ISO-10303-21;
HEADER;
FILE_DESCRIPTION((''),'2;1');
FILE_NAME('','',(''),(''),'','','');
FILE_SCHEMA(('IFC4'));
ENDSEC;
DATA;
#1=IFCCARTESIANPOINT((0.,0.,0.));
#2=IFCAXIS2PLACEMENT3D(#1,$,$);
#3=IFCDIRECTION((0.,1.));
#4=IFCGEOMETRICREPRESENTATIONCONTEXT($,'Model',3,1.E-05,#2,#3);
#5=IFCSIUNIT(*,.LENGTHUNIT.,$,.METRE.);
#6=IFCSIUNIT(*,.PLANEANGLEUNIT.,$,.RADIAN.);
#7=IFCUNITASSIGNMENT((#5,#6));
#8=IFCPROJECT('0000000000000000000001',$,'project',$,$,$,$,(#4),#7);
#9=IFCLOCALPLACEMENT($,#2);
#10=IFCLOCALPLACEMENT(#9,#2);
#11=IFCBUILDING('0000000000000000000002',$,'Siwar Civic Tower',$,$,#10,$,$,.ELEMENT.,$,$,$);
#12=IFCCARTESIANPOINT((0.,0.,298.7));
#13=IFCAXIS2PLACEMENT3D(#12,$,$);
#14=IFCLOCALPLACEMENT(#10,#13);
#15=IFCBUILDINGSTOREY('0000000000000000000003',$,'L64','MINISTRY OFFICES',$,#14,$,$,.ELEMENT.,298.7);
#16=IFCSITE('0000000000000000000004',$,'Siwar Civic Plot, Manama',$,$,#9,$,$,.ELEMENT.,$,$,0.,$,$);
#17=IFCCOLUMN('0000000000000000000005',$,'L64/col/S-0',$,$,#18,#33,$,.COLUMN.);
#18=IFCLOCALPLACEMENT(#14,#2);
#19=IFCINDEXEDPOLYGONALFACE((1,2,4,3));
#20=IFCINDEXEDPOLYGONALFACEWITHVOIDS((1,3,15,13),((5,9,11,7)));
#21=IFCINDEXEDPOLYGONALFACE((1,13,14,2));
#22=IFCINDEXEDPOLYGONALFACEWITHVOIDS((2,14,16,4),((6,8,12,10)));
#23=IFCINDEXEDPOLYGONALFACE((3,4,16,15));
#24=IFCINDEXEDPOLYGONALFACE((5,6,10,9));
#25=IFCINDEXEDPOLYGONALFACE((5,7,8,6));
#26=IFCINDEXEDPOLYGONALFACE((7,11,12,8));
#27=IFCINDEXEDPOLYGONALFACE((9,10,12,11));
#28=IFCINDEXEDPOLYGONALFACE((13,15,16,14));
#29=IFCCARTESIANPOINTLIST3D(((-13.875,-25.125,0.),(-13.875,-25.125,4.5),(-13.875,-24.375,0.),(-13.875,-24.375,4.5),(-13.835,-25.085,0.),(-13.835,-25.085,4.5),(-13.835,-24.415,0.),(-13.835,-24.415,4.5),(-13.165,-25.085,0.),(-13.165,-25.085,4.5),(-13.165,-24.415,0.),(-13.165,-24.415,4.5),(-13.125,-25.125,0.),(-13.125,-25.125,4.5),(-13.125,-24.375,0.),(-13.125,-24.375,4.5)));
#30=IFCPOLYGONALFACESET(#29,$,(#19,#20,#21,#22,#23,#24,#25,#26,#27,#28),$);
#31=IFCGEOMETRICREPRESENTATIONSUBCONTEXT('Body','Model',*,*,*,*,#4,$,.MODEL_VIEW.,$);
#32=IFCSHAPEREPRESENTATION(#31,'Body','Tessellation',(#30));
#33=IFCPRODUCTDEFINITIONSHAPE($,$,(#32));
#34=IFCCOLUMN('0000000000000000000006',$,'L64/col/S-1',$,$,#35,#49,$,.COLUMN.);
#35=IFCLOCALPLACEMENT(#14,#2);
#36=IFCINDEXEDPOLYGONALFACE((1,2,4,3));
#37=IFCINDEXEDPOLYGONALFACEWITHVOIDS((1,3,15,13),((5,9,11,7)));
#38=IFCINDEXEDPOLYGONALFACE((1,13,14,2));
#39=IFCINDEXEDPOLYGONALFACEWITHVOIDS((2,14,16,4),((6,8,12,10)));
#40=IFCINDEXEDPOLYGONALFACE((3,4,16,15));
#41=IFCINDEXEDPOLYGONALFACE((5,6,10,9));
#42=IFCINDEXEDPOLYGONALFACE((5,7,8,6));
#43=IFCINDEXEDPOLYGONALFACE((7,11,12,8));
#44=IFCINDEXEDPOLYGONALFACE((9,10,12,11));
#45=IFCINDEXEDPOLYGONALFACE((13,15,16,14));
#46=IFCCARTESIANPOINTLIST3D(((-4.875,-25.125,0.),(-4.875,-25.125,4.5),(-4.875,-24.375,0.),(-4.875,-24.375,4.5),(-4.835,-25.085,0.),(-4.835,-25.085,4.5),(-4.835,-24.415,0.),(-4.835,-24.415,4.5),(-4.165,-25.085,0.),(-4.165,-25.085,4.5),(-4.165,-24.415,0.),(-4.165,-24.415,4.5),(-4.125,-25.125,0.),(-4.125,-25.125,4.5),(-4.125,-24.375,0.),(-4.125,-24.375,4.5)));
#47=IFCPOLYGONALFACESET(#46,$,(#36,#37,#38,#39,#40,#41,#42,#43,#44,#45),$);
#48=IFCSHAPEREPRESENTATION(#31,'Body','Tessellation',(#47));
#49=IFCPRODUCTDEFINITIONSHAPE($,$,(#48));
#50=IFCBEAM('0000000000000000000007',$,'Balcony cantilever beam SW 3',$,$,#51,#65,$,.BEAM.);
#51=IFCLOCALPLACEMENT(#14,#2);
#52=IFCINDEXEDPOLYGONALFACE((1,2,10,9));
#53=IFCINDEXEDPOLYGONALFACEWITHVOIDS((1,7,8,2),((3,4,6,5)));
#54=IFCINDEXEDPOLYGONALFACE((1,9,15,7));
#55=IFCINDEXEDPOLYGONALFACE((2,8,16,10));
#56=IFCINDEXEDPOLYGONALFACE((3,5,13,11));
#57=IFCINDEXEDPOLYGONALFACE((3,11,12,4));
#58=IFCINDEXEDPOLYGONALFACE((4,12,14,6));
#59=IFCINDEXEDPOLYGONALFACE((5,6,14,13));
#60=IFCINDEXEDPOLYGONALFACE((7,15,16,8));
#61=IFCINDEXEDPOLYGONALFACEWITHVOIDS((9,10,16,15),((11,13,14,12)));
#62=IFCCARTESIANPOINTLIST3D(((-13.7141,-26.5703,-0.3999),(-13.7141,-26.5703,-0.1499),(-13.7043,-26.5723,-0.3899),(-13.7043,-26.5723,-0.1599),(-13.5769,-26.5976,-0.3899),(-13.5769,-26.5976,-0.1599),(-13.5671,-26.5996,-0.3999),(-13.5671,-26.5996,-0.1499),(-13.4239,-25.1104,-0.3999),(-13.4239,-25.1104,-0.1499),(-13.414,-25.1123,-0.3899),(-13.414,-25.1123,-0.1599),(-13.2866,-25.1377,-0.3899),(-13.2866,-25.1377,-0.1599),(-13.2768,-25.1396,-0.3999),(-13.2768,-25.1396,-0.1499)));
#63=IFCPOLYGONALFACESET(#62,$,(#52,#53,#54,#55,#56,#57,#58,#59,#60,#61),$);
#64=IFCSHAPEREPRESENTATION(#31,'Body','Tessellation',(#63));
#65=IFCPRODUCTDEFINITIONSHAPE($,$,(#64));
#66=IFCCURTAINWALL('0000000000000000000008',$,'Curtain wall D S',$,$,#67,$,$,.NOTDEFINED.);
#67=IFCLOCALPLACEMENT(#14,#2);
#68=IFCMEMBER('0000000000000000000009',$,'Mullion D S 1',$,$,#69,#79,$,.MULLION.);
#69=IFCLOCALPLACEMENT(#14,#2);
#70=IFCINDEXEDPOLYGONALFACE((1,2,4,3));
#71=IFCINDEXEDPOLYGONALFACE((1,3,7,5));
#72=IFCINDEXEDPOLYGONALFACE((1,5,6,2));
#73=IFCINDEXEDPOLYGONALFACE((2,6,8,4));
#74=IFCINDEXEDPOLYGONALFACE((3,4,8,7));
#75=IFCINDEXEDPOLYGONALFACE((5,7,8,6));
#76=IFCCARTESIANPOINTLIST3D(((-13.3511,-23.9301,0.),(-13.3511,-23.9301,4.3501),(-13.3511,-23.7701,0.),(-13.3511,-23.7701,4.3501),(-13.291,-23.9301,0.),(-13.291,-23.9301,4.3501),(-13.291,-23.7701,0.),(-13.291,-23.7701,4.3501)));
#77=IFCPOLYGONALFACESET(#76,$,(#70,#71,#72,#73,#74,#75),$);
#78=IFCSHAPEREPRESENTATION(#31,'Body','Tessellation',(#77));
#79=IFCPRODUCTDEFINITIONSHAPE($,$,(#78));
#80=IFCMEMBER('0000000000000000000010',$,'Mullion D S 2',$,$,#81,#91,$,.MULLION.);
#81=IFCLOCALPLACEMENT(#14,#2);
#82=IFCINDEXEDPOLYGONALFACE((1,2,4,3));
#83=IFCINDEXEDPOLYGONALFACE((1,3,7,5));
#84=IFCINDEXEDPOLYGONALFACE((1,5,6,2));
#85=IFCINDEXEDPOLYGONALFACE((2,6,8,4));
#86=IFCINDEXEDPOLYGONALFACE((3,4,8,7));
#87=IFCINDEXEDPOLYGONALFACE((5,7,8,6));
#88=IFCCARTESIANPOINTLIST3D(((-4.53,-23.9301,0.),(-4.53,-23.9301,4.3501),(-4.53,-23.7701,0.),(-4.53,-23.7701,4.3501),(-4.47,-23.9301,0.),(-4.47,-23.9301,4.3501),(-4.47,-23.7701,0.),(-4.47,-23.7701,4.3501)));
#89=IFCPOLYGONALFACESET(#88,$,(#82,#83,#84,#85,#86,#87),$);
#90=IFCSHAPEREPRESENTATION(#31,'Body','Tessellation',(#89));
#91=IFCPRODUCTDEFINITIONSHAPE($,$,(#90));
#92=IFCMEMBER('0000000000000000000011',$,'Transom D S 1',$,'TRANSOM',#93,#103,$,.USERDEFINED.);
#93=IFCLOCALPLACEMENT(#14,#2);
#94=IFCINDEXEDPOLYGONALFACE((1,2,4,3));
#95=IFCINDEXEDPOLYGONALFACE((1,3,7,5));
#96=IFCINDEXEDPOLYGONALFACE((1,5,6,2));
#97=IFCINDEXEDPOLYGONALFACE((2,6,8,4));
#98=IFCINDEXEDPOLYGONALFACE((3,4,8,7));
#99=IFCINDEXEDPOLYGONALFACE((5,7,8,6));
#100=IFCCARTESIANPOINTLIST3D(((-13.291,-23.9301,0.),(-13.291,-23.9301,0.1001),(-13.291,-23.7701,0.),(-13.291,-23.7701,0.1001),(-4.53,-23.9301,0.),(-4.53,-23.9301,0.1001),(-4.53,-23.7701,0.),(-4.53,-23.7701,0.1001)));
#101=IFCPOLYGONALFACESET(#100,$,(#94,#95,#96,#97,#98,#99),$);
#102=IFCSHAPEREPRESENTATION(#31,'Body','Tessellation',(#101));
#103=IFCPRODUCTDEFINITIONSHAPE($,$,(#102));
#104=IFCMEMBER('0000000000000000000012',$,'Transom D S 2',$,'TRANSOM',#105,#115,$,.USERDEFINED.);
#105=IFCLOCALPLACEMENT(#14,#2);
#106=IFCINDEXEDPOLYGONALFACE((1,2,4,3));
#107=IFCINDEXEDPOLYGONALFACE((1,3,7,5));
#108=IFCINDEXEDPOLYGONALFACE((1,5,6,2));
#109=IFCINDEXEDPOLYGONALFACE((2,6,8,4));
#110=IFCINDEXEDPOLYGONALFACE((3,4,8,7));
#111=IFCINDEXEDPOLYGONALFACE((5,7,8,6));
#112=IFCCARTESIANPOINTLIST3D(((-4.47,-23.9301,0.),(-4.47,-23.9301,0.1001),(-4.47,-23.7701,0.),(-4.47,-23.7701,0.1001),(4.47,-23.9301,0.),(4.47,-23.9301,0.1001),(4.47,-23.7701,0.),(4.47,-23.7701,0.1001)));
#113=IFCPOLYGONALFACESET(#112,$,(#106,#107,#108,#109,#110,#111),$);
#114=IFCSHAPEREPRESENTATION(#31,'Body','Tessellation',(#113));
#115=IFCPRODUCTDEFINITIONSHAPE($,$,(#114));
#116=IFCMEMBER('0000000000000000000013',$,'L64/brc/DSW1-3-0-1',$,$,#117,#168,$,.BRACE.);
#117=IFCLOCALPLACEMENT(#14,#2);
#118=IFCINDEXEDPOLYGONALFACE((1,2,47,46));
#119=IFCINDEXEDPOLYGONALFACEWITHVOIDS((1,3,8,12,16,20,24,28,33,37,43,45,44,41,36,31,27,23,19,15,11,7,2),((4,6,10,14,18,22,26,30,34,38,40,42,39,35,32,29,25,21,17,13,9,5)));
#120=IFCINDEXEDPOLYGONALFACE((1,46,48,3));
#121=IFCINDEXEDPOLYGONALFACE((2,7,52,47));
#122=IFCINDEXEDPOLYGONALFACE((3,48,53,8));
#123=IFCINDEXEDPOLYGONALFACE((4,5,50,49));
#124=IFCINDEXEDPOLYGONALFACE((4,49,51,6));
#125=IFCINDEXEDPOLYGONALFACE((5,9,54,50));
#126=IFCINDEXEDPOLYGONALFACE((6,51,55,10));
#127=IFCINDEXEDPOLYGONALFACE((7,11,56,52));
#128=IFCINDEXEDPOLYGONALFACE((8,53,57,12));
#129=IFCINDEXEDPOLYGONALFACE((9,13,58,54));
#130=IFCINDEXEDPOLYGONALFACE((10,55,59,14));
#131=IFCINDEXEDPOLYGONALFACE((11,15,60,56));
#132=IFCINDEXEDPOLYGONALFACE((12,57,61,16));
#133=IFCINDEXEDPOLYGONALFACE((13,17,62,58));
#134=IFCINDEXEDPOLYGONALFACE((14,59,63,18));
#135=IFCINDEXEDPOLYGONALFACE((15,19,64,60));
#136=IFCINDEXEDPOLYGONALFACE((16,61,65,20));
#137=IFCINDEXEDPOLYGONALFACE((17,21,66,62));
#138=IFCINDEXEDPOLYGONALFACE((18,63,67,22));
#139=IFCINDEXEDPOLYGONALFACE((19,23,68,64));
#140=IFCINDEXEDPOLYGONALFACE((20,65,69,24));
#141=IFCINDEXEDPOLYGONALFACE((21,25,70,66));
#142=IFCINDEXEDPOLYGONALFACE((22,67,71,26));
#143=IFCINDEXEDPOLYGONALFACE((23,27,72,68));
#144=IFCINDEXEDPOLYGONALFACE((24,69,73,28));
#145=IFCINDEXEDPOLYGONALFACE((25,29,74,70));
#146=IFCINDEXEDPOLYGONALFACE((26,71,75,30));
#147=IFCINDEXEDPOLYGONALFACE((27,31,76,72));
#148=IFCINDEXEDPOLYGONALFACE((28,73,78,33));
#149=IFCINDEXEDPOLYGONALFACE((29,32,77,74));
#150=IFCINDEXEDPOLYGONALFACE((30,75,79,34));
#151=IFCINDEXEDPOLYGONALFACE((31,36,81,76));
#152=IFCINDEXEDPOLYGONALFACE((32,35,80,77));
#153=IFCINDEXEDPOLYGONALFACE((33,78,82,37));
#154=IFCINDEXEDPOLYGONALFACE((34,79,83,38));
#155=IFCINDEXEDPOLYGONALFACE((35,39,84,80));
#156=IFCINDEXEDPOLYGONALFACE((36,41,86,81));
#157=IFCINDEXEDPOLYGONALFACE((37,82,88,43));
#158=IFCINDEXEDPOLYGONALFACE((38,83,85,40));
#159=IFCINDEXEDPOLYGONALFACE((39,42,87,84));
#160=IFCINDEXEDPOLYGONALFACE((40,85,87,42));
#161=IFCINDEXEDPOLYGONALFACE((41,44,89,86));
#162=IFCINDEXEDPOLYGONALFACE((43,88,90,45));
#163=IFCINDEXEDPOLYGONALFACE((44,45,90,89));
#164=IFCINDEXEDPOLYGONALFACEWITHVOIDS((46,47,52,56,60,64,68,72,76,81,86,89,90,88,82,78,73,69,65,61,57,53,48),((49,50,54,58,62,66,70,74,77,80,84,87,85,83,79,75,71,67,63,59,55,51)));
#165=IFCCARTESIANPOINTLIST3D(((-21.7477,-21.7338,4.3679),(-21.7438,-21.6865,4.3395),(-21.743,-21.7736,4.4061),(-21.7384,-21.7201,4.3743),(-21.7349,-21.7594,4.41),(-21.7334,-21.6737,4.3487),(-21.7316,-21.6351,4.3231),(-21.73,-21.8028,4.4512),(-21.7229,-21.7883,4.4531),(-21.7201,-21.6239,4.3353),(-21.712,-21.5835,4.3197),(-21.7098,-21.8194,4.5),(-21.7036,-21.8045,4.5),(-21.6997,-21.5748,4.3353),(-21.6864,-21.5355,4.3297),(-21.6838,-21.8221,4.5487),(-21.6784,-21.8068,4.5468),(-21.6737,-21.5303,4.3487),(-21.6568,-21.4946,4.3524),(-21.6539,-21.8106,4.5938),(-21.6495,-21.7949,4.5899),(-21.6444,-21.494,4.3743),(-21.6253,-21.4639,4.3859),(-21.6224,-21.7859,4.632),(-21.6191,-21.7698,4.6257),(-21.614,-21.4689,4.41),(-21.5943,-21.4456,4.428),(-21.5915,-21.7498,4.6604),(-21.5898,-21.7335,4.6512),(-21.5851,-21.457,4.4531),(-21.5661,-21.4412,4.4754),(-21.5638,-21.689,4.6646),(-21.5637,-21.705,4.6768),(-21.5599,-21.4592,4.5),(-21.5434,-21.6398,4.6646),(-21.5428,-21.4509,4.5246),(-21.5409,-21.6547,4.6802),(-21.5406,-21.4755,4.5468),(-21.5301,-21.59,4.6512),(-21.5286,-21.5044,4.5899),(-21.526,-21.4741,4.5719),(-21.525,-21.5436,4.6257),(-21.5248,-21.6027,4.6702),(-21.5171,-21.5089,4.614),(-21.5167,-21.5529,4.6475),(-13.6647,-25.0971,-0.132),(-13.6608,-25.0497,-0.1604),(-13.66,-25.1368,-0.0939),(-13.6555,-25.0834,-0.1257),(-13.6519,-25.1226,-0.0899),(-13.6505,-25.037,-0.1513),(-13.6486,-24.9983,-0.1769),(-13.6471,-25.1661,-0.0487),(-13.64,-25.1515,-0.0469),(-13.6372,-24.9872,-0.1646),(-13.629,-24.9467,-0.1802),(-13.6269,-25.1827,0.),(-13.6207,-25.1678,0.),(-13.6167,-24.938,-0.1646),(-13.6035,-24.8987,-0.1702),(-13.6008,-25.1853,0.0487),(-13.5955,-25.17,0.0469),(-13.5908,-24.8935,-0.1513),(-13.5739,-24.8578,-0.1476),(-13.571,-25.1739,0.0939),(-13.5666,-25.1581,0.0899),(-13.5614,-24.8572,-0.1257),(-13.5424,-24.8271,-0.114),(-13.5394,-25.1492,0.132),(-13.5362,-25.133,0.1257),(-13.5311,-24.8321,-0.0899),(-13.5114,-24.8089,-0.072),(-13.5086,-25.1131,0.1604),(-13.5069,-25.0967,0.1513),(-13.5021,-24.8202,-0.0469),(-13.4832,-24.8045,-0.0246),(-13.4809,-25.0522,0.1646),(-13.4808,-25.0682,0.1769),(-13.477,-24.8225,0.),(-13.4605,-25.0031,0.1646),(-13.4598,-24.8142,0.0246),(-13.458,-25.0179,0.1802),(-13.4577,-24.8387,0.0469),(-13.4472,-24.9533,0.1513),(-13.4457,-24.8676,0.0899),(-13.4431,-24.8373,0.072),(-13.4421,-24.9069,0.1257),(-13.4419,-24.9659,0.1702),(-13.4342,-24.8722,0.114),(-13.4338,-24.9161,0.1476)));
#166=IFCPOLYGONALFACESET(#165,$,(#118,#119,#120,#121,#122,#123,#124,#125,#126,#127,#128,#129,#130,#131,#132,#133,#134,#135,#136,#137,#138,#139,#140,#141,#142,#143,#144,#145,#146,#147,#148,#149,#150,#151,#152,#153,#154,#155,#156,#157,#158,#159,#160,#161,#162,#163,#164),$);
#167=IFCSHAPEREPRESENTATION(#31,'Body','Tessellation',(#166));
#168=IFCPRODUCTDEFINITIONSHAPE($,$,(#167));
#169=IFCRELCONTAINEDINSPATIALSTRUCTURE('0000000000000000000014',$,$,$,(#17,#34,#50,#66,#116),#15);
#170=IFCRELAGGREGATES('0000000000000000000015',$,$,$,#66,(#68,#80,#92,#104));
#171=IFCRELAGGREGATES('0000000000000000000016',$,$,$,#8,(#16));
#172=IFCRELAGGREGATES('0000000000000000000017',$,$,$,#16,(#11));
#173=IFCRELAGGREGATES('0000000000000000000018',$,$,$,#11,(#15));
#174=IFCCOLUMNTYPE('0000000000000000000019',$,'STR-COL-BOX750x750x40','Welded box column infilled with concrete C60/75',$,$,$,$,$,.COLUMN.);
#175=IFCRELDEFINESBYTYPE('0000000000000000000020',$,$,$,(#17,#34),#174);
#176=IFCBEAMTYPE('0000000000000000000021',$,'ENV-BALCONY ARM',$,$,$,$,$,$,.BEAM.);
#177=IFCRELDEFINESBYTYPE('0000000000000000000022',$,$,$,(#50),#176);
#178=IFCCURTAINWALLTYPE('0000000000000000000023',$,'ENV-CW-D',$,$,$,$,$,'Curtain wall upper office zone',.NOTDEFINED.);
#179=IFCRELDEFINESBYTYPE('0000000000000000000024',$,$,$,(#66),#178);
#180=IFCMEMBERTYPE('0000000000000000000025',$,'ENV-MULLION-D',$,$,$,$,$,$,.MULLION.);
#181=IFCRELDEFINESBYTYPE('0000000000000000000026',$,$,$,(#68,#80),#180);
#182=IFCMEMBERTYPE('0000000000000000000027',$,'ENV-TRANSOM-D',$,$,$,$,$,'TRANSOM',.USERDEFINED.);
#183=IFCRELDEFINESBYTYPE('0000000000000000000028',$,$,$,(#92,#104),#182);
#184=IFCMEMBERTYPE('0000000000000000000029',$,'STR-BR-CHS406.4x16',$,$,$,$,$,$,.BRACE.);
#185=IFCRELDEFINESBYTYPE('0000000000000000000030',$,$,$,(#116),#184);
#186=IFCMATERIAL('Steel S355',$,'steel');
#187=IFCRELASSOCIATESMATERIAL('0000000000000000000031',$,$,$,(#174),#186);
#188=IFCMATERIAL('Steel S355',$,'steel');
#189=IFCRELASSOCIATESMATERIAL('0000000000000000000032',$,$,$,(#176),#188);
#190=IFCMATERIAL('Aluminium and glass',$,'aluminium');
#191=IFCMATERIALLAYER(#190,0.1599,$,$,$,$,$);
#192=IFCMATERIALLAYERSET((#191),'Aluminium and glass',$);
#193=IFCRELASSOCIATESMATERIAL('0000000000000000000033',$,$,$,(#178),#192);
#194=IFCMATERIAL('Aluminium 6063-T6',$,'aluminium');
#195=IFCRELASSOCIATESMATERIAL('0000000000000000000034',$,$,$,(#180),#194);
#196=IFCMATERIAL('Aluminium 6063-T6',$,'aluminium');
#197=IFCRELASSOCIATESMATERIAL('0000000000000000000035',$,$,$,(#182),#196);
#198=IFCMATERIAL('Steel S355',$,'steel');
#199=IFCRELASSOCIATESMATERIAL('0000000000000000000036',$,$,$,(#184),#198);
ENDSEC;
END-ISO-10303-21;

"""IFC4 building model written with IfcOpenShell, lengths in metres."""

from ifc_helpers import new_model, si_unit, direction, frame, origin, origin_2d, place, context, subcontext, project, spatial, rectangle, hollow_rectangle, hollow_circle, extrude, material, layer, layer_set, material_profile, profile_set, type_object, element, aggregate, save


model = new_model("IFC4")

# Units and contexts
model_context = context("Model", 3, precision=1e-05, world=origin(), true_north=direction((0.0, 1.0)))
body_context = subcontext(model_context, "Body", "Model", "MODEL_VIEW")
ifc_project = project(units=[si_unit("LENGTHUNIT", "METRE"), si_unit("PLANEANGLEUNIT", "RADIAN")], contexts=[model_context])

# Site, building, storey
site_placement = place(None, origin())
site = spatial("IfcSite", under=ifc_project, at=site_placement, Name="Siwar Civic Plot, Manama", CompositionType="ELEMENT", RefElevation=0.0)
building_placement = place(site_placement, origin())
building = spatial("IfcBuilding", under=site, at=building_placement, Name="Siwar Civic Tower", CompositionType="ELEMENT")
storey_placement = place(building_placement, frame((0.0, 0.0, 298.7)))
storey = spatial("IfcBuildingStorey", under=building, at=storey_placement, Name="L64", Description="MINISTRY OFFICES", CompositionType="ELEMENT", Elevation=298.7)

# Columns
ifc_material_1 = material(Name="Steel S355", Category="steel")
ifc_material_profile_1 = material_profile(ifc_material_1, hollow_rectangle(XDim=0.75, YDim=0.75, WallThickness=0.04, at=origin_2d()), Name="BOX750x750x40")
ifc_profile_set_1 = profile_set([ifc_material_profile_1], Name="Steel S355")
column_type = type_object("IfcColumnType", Name="STR-COL-BOX750x750x40", Description="Welded box column infilled with concrete C60/75", PredefinedType="COLUMN", material=ifc_profile_set_1)
for number, where, z_axis, x_axis, name in (
    (1, (-13.5, -24.75, 0.0), (0.0, 0.0, 1.0), (1.0, 0.0, 0.0), "L64/col/S-0"),
    (2, (-4.5, -24.75, 0.0), (0.0, 0.0, 1.0), (1.0, 0.0, 0.0), "L64/col/S-1"),
):
    element("IfcColumn", number, at=place(storey_placement, frame(where, z_axis=z_axis, x_axis=x_axis)), inside=storey, type_object=column_type, Name=name, PredefinedType="COLUMN", context=body_context, shape_type="SweptSolid", body=[
        extrude(hollow_rectangle(XDim=0.75, YDim=0.75, WallThickness=0.04, at=origin_2d()), origin(), (0.0, 0.0, 1.0), 4.5),
    ])

# Beam
ifc_material_2 = material(Name="Steel S355", Category="steel")
ifc_material_profile_2 = material_profile(ifc_material_2, hollow_rectangle(XDim=0.1499, YDim=0.25, WallThickness=0.01, at=origin_2d()), Name="RHS250x150x10")
ifc_profile_set_2 = profile_set([ifc_material_profile_2], Name="Steel S355")
beam_type_1 = type_object("IfcBeamType", Name="ENV-BALCONY ARM", PredefinedType="BEAM", material=ifc_profile_set_2)
beam_1_placement = place(storey_placement, frame((-13.3503, -25.125, -0.2749), z_axis=(-0.195012, -0.980801, 0.0), x_axis=(0.980801, -0.195012, 0.0)))
element("IfcBeam", 3, at=beam_1_placement, inside=storey, type_object=beam_type_1, Name="Balcony cantilever beam SW 3", PredefinedType="BEAM", context=body_context, shape_type="SweptSolid", body=[
    extrude(hollow_rectangle(XDim=0.1499, YDim=0.25, WallThickness=0.01, at=origin_2d()), origin(), (0.0, 0.0, 1.0), 1.4885),
])

# Curtain wall, members
ifc_material_3 = material(Name="Aluminium and glass", Category="aluminium")
ifc_layer_1 = layer(ifc_material_3, 0.1599)
ifc_layer_set_1 = layer_set([ifc_layer_1], Name="Aluminium and glass")
curtain_wall_type = type_object("IfcCurtainWallType", Name="ENV-CW-D", ElementType="Curtain wall upper office zone", PredefinedType="NOTDEFINED", material=ifc_layer_set_1)
curtain_wall_placement = place(storey_placement, origin())
curtain_wall = element("IfcCurtainWall", 4, at=curtain_wall_placement, inside=storey, type_object=curtain_wall_type, Name="Curtain wall D S", PredefinedType="NOTDEFINED")
ifc_material_4 = material(Name="Aluminium 6063-T6", Category="aluminium")
ifc_material_profile_3 = material_profile(ifc_material_4, rectangle(XDim=0.1599, YDim=0.0601, at=origin_2d()), Name="AL 160x60")
ifc_profile_set_3 = profile_set([ifc_material_profile_3], Name="Aluminium 6063-T6")
member_type_1 = type_object("IfcMemberType", Name="ENV-MULLION-D", PredefinedType="MULLION", material=ifc_profile_set_3)
member_1_placement = place(storey_placement, frame((-13.321, -23.8501, 0.0), z_axis=(0.0, 0.0, 1.0), x_axis=(0.0, 1.0, 0.0)))
member_1 = element("IfcMember", 5, at=member_1_placement, type_object=member_type_1, Name="Mullion D S 1", PredefinedType="MULLION", context=body_context, shape_type="SweptSolid", body=[
    extrude(rectangle(XDim=0.1599, YDim=0.0601, at=origin_2d()), origin(), (0.0, 0.0, 1.0), 4.3501),
])
member_2_placement = place(storey_placement, frame((-4.5, -23.8501, 0.0), z_axis=(0.0, 0.0, 1.0), x_axis=(0.0, 1.0, 0.0)))
member_2 = element("IfcMember", 6, at=member_2_placement, type_object=member_type_1, Name="Mullion D S 2", PredefinedType="MULLION", context=body_context, shape_type="SweptSolid", body=[
    extrude(rectangle(XDim=0.1599, YDim=0.0601, at=origin_2d()), origin(), (0.0, 0.0, 1.0), 4.3501),
])
ifc_material_5 = material(Name="Aluminium 6063-T6", Category="aluminium")
ifc_material_profile_4 = material_profile(ifc_material_5, rectangle(XDim=0.1599, YDim=0.1001, at=origin_2d()), Name="AL 160x100")
ifc_profile_set_4 = profile_set([ifc_material_profile_4], Name="Aluminium 6063-T6")
member_type_2 = type_object("IfcMemberType", Name="ENV-TRANSOM-D", ElementType="TRANSOM", PredefinedType="USERDEFINED", material=ifc_profile_set_4)
member_3_placement = place(storey_placement, frame((-13.291, -23.8501, 0.05), z_axis=(1.0, 0.0, 0.0), x_axis=(0.0, 1.0, 0.0)))
member_3 = element("IfcMember", 7, at=member_3_placement, type_object=member_type_2, Name="Transom D S 1", ObjectType="TRANSOM", PredefinedType="USERDEFINED", context=body_context, shape_type="SweptSolid", body=[
    extrude(rectangle(XDim=0.1599, YDim=0.1001, at=origin_2d()), origin(), (0.0, 0.0, 1.0), 8.761),
])
member_4_placement = place(storey_placement, frame((-4.47, -23.8501, 0.05), z_axis=(1.0, 0.0, 0.0), x_axis=(0.0, 1.0, 0.0)))
member_4 = element("IfcMember", 8, at=member_4_placement, type_object=member_type_2, Name="Transom D S 2", ObjectType="TRANSOM", PredefinedType="USERDEFINED", context=body_context, shape_type="SweptSolid", body=[
    extrude(rectangle(XDim=0.1599, YDim=0.1001, at=origin_2d()), origin(), (0.0, 0.0, 1.0), 8.9399),
])

# Member
ifc_material_6 = material(Name="Steel S355", Category="steel")
ifc_material_profile_5 = material_profile(ifc_material_6, hollow_circle(Radius=0.2031, WallThickness=0.0161, at=origin_2d()), Name="CHS406.4x16")
ifc_profile_set_5 = profile_set([ifc_material_profile_5], Name="Steel S355")
member_type_3 = type_object("IfcMemberType", Name="STR-BR-CHS406.4x16", PredefinedType="BRACE", material=ifc_profile_set_5)
member_5_placement = place(storey_placement, frame((-13.5488, -24.9951, 0.0), z_axis=(-0.821143, 0.341671, 0.457149), x_axis=(-0.384164, -0.923265, 0.0)))
element("IfcMember", 9, at=member_5_placement, inside=storey, type_object=member_type_3, Name="L64/brc/DSW1-3-0-1", PredefinedType="BRACE", context=body_context, shape_type="SweptSolid", body=[
    extrude(hollow_circle(Radius=0.2031, WallThickness=0.0161, at=origin_2d()), origin(), (0.0, 0.0, 1.0), 9.8435),
])

aggregate(curtain_wall, [member_1, member_2, member_3, member_4])

save(model, "model.ifc")
